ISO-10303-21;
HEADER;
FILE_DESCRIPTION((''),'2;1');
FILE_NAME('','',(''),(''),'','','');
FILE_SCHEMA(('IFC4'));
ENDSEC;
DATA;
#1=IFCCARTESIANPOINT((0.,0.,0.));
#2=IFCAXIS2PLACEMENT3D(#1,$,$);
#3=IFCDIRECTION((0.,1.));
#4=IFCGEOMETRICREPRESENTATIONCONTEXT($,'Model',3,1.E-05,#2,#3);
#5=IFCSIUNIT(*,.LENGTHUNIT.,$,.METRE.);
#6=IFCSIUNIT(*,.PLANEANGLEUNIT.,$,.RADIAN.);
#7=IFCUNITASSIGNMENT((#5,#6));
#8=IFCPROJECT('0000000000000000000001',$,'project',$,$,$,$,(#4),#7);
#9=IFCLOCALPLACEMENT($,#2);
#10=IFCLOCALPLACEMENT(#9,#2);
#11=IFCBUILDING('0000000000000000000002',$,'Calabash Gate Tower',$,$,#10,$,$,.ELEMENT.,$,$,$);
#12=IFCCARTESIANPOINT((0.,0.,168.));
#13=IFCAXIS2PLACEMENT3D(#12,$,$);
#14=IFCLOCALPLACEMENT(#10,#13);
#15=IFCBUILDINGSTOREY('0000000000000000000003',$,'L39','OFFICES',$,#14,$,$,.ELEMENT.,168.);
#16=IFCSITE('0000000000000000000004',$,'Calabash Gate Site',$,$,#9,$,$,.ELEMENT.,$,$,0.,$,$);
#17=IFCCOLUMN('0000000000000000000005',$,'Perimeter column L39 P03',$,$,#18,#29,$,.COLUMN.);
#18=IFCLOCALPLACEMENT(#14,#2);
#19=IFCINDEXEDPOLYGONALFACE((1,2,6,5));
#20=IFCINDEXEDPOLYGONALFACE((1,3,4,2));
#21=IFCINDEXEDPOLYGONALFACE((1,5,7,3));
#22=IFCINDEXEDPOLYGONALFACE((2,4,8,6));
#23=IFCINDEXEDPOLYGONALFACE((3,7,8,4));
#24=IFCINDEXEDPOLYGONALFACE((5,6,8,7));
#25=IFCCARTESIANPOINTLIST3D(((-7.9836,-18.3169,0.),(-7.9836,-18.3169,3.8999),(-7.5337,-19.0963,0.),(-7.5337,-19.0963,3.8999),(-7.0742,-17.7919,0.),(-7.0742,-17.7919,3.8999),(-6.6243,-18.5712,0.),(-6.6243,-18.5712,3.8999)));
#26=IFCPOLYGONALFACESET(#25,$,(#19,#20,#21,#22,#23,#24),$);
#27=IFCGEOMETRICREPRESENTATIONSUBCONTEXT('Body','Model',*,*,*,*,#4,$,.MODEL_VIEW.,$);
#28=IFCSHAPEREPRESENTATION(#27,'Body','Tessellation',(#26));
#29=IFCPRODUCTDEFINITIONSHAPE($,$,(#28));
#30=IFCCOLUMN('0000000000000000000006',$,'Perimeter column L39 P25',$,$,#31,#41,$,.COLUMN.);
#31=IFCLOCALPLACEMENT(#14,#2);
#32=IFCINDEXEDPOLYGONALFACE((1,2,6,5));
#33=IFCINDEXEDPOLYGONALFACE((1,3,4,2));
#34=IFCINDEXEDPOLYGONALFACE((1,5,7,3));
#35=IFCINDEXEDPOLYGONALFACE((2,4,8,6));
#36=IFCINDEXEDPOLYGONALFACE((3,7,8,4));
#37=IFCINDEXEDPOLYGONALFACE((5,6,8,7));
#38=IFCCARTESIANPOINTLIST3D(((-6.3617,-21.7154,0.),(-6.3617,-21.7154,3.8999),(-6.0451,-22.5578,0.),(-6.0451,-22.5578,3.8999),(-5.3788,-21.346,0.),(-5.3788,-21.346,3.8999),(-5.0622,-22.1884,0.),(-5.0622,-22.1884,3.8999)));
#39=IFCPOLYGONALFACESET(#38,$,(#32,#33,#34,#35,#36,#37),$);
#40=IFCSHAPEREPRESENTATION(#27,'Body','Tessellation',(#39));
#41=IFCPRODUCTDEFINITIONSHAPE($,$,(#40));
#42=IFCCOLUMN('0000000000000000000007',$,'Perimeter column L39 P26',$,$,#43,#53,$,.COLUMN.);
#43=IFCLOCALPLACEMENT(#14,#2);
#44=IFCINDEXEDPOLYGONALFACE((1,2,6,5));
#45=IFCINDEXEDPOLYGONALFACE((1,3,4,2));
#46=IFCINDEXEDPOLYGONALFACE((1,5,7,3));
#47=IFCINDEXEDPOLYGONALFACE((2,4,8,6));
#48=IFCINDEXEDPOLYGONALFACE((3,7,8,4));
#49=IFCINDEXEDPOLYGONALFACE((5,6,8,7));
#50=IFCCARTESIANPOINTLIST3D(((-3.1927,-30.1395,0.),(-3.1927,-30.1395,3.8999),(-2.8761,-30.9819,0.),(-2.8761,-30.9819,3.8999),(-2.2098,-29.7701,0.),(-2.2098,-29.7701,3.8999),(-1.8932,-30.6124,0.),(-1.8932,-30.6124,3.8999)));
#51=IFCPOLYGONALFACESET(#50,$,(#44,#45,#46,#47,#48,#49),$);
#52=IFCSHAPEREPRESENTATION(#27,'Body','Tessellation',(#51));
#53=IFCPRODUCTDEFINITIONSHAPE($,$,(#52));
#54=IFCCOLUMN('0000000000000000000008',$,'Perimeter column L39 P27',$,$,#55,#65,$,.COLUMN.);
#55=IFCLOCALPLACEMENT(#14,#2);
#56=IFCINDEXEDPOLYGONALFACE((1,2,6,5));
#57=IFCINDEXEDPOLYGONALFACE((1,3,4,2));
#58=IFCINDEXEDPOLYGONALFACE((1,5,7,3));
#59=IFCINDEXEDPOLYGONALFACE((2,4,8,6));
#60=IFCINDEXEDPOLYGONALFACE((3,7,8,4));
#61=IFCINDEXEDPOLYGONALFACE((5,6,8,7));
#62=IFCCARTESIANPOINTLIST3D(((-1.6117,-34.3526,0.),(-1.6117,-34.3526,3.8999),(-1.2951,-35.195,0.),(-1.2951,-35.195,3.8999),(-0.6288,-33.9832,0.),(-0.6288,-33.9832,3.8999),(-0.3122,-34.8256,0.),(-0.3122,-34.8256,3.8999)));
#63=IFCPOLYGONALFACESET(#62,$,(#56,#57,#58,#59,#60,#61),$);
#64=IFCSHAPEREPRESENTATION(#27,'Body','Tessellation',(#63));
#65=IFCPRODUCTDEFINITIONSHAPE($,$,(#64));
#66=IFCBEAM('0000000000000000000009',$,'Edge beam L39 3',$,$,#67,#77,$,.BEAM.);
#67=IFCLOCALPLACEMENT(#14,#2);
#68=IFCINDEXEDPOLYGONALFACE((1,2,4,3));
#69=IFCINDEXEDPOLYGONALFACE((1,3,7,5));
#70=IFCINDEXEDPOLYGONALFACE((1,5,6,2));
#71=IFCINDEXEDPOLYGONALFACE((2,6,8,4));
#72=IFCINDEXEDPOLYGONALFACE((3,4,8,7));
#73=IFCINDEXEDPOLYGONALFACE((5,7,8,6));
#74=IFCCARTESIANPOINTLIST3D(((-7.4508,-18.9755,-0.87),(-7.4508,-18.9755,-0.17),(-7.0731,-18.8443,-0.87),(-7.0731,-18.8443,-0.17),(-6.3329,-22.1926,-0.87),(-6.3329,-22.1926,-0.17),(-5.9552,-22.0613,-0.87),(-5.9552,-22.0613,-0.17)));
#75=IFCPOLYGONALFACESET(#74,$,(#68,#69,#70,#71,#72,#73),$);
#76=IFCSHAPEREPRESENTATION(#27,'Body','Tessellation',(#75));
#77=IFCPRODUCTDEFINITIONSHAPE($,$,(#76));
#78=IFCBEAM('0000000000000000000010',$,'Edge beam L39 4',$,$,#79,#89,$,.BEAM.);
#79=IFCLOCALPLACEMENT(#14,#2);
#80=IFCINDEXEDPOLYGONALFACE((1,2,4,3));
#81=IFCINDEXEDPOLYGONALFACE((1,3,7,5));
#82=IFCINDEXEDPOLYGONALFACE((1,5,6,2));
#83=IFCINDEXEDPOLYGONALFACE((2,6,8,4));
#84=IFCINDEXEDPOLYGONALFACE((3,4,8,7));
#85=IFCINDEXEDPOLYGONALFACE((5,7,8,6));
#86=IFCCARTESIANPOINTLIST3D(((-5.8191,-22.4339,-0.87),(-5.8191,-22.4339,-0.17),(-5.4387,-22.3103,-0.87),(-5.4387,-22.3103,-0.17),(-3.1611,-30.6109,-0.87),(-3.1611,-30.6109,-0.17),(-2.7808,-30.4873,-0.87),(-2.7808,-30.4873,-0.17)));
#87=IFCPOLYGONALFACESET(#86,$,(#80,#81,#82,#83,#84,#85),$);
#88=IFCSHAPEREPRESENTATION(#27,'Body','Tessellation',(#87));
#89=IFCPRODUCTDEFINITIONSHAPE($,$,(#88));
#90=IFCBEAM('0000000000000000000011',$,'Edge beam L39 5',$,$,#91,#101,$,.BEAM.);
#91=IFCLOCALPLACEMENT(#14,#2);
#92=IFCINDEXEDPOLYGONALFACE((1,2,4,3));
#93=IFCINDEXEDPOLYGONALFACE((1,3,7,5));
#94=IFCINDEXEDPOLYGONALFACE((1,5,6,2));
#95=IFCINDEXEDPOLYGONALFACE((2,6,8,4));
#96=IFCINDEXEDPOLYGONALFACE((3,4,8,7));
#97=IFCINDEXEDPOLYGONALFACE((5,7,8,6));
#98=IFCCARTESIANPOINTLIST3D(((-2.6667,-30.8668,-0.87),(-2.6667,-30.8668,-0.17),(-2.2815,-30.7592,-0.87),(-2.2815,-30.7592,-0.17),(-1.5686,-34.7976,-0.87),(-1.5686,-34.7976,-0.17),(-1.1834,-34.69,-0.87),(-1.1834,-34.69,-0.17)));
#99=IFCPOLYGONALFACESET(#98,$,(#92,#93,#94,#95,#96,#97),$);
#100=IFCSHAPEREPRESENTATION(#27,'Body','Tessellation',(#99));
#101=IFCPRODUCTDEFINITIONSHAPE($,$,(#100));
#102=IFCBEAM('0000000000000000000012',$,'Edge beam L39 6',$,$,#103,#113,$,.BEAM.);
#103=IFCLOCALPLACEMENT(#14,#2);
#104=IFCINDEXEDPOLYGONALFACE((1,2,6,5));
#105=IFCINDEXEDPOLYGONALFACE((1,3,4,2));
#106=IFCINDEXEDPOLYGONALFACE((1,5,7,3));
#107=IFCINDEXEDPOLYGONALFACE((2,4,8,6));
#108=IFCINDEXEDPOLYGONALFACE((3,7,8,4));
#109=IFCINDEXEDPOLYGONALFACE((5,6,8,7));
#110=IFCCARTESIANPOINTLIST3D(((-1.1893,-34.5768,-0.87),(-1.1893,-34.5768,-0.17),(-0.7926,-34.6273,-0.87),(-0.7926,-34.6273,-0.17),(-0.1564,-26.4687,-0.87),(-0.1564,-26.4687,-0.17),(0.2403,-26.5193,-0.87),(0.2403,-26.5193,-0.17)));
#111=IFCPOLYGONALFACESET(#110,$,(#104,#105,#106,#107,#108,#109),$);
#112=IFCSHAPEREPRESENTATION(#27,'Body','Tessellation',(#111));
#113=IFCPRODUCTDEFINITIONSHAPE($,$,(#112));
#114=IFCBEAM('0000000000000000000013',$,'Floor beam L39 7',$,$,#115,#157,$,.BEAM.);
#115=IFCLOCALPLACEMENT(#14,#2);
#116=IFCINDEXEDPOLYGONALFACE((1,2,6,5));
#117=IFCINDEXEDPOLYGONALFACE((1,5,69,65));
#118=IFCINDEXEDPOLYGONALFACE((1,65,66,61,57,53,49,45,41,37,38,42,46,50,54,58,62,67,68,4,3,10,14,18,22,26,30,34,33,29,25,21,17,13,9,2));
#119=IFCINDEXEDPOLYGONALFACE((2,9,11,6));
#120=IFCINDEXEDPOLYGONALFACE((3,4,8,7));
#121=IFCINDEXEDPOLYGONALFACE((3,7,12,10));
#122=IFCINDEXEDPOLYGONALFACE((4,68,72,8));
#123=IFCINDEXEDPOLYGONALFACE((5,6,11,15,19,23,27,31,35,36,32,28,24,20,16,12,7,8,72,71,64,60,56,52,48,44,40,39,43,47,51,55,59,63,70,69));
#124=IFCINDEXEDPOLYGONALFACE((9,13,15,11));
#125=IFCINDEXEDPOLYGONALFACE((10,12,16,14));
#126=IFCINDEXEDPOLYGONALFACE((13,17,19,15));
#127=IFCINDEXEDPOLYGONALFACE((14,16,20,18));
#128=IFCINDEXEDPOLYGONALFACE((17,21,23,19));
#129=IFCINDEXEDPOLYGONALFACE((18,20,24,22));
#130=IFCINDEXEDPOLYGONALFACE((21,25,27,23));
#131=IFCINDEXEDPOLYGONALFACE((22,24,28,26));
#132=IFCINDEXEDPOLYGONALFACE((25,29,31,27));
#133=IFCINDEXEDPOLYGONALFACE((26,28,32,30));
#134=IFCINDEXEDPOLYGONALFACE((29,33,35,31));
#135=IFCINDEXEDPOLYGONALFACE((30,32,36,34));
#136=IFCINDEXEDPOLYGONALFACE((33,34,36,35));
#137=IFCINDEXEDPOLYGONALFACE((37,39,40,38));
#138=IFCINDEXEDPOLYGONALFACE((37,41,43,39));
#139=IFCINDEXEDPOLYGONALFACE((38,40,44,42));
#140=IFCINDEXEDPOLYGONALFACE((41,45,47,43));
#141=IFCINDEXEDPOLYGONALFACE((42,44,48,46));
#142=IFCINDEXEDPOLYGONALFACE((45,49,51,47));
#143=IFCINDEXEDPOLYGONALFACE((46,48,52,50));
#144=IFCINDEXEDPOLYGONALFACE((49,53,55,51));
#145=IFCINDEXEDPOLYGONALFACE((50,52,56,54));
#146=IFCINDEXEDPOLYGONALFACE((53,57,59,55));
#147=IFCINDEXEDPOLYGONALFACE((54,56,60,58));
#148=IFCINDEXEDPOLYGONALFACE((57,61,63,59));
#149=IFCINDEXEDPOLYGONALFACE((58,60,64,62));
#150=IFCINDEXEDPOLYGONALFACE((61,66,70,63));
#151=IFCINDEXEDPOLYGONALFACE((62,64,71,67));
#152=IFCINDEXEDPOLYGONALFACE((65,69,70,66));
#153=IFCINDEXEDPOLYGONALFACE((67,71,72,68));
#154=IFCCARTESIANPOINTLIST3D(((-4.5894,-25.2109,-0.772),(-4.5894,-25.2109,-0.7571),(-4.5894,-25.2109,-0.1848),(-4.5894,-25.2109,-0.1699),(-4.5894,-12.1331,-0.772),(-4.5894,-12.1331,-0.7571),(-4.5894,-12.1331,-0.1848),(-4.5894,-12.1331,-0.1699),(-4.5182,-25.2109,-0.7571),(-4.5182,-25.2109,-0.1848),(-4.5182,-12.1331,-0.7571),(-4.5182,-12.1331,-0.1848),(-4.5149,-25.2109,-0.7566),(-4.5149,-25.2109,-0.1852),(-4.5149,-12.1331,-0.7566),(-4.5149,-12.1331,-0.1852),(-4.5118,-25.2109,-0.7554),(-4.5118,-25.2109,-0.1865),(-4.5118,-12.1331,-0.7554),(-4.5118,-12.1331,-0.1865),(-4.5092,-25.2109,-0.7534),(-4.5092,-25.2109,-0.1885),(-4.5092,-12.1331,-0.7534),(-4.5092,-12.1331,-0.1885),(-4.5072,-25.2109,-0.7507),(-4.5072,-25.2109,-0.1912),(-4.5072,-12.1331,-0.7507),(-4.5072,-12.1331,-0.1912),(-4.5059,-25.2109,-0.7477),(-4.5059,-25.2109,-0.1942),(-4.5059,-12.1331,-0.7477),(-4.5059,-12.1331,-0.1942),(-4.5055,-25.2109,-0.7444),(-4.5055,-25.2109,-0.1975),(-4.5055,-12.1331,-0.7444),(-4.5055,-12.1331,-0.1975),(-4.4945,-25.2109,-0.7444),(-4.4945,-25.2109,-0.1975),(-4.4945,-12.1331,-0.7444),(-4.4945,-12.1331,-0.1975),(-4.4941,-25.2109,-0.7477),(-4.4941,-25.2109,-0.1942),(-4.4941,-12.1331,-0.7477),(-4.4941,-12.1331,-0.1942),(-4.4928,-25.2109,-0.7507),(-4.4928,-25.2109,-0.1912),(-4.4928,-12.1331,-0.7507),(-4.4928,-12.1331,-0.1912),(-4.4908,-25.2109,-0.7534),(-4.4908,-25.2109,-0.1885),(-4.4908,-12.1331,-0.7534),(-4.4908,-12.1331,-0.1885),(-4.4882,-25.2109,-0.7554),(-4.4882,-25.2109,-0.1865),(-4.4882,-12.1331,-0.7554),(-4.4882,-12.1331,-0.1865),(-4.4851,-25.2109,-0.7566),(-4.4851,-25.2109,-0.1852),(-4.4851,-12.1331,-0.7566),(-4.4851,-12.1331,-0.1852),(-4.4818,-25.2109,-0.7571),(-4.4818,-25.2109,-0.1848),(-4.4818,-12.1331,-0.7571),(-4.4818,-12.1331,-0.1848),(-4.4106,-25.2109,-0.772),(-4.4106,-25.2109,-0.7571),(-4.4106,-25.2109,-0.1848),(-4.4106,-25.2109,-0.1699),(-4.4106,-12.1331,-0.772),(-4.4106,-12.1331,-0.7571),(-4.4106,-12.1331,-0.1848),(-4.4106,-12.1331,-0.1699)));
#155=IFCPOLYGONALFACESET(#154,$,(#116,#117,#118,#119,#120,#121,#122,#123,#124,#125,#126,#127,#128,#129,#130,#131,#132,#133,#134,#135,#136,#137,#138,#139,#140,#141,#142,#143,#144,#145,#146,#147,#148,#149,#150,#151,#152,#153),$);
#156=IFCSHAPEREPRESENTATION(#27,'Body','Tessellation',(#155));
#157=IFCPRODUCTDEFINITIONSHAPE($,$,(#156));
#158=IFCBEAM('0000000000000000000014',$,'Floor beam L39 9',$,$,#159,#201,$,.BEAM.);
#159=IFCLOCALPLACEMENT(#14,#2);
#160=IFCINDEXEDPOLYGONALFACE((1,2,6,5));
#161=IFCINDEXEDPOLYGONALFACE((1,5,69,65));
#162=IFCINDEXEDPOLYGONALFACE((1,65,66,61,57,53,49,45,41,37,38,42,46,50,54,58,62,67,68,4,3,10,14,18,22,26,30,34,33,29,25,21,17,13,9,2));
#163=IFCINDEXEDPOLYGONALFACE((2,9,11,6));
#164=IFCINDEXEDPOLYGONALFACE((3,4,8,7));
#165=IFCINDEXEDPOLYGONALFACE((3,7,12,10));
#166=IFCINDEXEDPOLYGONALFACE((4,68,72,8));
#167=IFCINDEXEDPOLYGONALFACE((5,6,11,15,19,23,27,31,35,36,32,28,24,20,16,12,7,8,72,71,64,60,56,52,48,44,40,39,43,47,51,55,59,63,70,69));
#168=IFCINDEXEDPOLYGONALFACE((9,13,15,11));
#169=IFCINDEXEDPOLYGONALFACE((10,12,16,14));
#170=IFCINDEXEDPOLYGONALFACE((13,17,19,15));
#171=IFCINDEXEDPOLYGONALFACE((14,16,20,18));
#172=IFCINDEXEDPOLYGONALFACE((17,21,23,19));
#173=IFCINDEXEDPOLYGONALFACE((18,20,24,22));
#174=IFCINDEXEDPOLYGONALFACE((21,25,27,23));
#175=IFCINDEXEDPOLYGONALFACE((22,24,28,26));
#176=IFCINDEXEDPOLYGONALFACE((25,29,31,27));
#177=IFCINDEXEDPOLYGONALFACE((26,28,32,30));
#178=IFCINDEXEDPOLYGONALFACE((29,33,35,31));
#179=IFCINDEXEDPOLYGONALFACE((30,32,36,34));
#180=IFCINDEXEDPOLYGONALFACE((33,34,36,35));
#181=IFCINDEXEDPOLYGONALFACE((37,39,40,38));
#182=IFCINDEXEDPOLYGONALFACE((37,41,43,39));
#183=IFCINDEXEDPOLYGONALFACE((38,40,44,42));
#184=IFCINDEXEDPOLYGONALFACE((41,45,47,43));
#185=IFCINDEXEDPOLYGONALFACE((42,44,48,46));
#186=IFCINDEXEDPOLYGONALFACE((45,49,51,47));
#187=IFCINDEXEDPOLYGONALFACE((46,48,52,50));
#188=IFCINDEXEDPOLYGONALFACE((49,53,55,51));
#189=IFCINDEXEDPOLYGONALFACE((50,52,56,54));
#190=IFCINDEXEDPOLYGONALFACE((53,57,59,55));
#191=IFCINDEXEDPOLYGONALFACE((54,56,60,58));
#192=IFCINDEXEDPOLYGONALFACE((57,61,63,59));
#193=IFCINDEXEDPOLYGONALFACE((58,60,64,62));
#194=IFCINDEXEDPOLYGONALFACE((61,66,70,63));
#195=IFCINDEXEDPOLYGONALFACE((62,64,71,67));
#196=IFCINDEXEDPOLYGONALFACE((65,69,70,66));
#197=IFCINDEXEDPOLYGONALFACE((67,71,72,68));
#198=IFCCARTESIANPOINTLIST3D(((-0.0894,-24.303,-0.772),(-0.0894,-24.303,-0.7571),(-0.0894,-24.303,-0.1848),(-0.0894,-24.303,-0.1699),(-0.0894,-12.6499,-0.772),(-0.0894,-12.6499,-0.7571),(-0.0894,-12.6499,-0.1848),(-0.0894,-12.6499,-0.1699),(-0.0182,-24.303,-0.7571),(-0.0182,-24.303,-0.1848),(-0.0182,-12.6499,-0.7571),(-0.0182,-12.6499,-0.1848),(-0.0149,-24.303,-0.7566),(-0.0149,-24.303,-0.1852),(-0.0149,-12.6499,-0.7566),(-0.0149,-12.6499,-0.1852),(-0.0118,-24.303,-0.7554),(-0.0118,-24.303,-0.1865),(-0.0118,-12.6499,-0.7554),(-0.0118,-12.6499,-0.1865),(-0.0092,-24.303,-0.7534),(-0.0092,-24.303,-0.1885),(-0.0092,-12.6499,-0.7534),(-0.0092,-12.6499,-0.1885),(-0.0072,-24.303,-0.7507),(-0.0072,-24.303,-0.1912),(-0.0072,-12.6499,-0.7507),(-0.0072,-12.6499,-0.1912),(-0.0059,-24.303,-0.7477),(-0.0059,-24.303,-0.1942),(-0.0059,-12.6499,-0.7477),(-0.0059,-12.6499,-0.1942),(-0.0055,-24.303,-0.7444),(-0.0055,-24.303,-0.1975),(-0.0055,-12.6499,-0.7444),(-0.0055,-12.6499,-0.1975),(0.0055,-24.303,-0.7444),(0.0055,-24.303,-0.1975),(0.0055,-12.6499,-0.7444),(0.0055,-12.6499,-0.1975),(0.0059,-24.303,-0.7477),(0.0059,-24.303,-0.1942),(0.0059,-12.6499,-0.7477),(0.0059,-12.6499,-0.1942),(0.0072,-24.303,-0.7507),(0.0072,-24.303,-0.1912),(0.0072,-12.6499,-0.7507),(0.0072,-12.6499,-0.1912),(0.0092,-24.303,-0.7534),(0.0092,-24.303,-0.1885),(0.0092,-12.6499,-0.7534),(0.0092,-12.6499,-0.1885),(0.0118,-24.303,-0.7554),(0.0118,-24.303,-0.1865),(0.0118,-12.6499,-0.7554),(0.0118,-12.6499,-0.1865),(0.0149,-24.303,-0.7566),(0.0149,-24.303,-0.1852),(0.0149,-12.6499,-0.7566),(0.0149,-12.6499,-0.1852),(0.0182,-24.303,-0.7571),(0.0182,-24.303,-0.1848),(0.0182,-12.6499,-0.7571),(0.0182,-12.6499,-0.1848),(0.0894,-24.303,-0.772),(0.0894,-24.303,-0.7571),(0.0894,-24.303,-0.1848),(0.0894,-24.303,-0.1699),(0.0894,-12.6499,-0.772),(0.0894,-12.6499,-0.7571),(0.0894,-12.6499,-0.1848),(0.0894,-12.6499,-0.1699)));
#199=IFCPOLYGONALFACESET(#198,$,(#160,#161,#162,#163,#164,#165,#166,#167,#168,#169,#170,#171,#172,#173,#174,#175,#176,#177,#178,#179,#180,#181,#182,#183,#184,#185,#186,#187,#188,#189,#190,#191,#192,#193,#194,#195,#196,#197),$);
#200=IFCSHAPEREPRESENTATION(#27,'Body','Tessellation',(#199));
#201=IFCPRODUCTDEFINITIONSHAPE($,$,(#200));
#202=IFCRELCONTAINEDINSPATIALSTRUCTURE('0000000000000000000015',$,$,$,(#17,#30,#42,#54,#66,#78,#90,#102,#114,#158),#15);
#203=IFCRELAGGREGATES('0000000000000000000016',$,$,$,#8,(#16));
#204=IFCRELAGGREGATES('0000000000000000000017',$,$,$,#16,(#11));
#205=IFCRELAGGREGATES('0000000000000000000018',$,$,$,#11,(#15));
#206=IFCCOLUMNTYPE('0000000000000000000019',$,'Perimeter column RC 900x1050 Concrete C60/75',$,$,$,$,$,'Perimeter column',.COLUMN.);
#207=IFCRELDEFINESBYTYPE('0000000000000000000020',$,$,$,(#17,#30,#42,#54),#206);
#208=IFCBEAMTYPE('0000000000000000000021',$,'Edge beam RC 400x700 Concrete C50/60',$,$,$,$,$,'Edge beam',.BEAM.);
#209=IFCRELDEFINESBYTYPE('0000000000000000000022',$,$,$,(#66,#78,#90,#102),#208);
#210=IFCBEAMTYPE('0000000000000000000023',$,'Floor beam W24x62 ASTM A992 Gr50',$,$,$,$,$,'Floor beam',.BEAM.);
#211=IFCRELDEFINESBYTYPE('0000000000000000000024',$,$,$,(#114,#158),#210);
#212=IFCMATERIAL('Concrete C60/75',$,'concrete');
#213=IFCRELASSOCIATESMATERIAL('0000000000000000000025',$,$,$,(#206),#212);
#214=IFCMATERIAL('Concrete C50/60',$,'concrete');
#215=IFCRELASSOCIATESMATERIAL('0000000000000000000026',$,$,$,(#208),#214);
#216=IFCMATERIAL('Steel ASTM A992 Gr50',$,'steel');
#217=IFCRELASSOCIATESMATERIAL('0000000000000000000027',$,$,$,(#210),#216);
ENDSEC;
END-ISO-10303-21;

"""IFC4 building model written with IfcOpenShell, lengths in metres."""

from ifc_helpers import new_model, si_unit, direction, frame, origin, origin_2d, place, context, subcontext, project, spatial, rectangle, i_section, extrude, material, material_profile, profile_set, type_object, element, save


model = new_model("IFC4")

# Units and contexts
model_context = context("Model", 3, precision=1e-05, world=origin(), true_north=direction((0.0, 1.0)))
body_context = subcontext(model_context, "Body", "Model", "MODEL_VIEW")
ifc_project = project(units=[si_unit("LENGTHUNIT", "METRE"), si_unit("PLANEANGLEUNIT", "RADIAN")], contexts=[model_context])

# Site, building, storey
site_placement = place(None, origin())
site = spatial("IfcSite", under=ifc_project, at=site_placement, Name="Calabash Gate Site", CompositionType="ELEMENT", RefElevation=0.0)
building_placement = place(site_placement, origin())
building = spatial("IfcBuilding", under=site, at=building_placement, Name="Calabash Gate Tower", CompositionType="ELEMENT")
storey_placement = place(building_placement, frame((0.0, 0.0, 168.0)))
storey = spatial("IfcBuildingStorey", under=building, at=storey_placement, Name="L39", Description="OFFICES", CompositionType="ELEMENT", Elevation=168.0)

# Columns
ifc_material_1 = material(Name="Concrete C60/75", Category="concrete")
ifc_material_profile_1 = material_profile(ifc_material_1, rectangle(XDim=0.8999, YDim=1.05, at=origin_2d()))
ifc_profile_set_1 = profile_set([ifc_material_profile_1], Name="Concrete C60/75")
column_type = type_object("IfcColumnType", Name="Perimeter column RC 900x1050 Concrete C60/75", ElementType="Perimeter column", PredefinedType="COLUMN", material=ifc_profile_set_1)
for number, where, z_axis, x_axis, name in (
    (1, (-7.304, -18.4441, 0.0), (0.0, 0.0, 1.0), (0.5, -0.866025, 0.0), "Perimeter column L39 P03"),
    (2, (-5.7119, -21.9519, 0.0), (0.0, 0.0, 1.0), (0.351822, -0.936067, 0.0), "Perimeter column L39 P25"),
    (3, (-2.543, -30.376, 0.0), (0.0, 0.0, 1.0), (0.351822, -0.936067, 0.0), "Perimeter column L39 P26"),
    (4, (-0.9619, -34.5891, 0.0), (0.0, 0.0, 1.0), (0.351822, -0.936067, 0.0), "Perimeter column L39 P27"),
):
    element("IfcColumn", number, at=place(storey_placement, frame(where, z_axis=z_axis, x_axis=x_axis)), inside=storey, type_object=column_type, Name=name, PredefinedType="COLUMN", context=body_context, shape_type="SweptSolid", body=[
        extrude(rectangle(XDim=0.8999, YDim=1.05, at=origin_2d()), origin(), (0.0, 0.0, 1.0), 3.8999),
    ])

# Beams
ifc_material_2 = material(Name="Concrete C50/60", Category="concrete")
ifc_material_profile_2 = material_profile(ifc_material_2, rectangle(XDim=0.3999, YDim=0.7, at=origin_2d()))
ifc_profile_set_2 = profile_set([ifc_material_profile_2], Name="Concrete C50/60")
beam_type_1 = type_object("IfcBeamType", Name="Edge beam RC 400x700 Concrete C50/60", ElementType="Edge beam", PredefinedType="BEAM", material=ifc_profile_set_2)
beam_1_placement = place(storey_placement, frame((-7.262, -18.9099, -0.52), z_axis=(0.328245, -0.944592, 0.0), x_axis=(0.944592, 0.328245, 0.0)))
element("IfcBeam", 5, at=beam_1_placement, inside=storey, type_object=beam_type_1, Name="Edge beam L39 3", PredefinedType="BEAM", context=body_context, shape_type="SweptSolid", body=[
    extrude(rectangle(XDim=0.3999, YDim=0.7, at=origin_2d()), origin(), (0.0, 0.0, 1.0), 3.4058),
])
beam_2_placement = place(storey_placement, frame((-5.6289, -22.3721, -0.52), z_axis=(0.309132, -0.951019, 0.0), x_axis=(0.951019, 0.309132, 0.0)))
element("IfcBeam", 6, at=beam_2_placement, inside=storey, type_object=beam_type_1, Name="Edge beam L39 4", PredefinedType="BEAM", context=body_context, shape_type="SweptSolid", body=[
    extrude(rectangle(XDim=0.3999, YDim=0.7, at=origin_2d()), origin(), (0.0, 0.0, 1.0), 8.5981),
])
beam_3_placement = place(storey_placement, frame((-2.4741, -30.813, -0.52), z_axis=(0.26906, -0.963124, 0.0), x_axis=(0.963124, 0.26906, 0.0)))
element("IfcBeam", 7, at=beam_3_placement, inside=storey, type_object=beam_type_1, Name="Edge beam L39 5", PredefinedType="BEAM", context=body_context, shape_type="SweptSolid", body=[
    extrude(rectangle(XDim=0.3999, YDim=0.7, at=origin_2d()), origin(), (0.0, 0.0, 1.0), 4.0813),
])
beam_4_placement = place(storey_placement, frame((-0.991, -34.6021, -0.52), z_axis=(0.126376, 0.991982, 0.0), x_axis=(-0.991982, 0.126376, 0.0)))
element("IfcBeam", 8, at=beam_4_placement, inside=storey, type_object=beam_type_1, Name="Edge beam L39 6", PredefinedType="BEAM", context=body_context, shape_type="SweptSolid", body=[
    extrude(rectangle(XDim=0.3999, YDim=0.7, at=origin_2d()), origin(), (0.0, 0.0, 1.0), 8.1736),
])
ifc_material_3 = material(Name="Steel ASTM A992 Gr50", Category="steel")
ifc_material_profile_3 = material_profile(ifc_material_3, i_section(OverallWidth=0.1787, OverallDepth=0.6021, WebThickness=0.011, FlangeThickness=0.0149, FilletRadius=0.0127, at=origin_2d()))
ifc_profile_set_3 = profile_set([ifc_material_profile_3], Name="Steel ASTM A992 Gr50")
beam_type_2 = type_object("IfcBeamType", Name="Floor beam W24x62 ASTM A992 Gr50", ElementType="Floor beam", PredefinedType="BEAM", material=ifc_profile_set_3)
beam_5_placement = place(storey_placement, frame((-4.5, -25.2109, -0.4709), z_axis=(0.0, 1.0, 0.0), x_axis=(-1.0, 0.0, 0.0)))
element("IfcBeam", 9, at=beam_5_placement, inside=storey, type_object=beam_type_2, Name="Floor beam L39 7", PredefinedType="BEAM", context=body_context, shape_type="SweptSolid", body=[
    extrude(i_section(OverallWidth=0.1787, OverallDepth=0.6021, WebThickness=0.011, FlangeThickness=0.0149, FilletRadius=0.0127, at=origin_2d()), origin(), (0.0, 0.0, 1.0), 13.0779),
])
beam_6_placement = place(storey_placement, frame((0.0, -24.303, -0.4709), z_axis=(0.0, 1.0, 0.0), x_axis=(-1.0, 0.0, 0.0)))
element("IfcBeam", 10, at=beam_6_placement, inside=storey, type_object=beam_type_2, Name="Floor beam L39 9", PredefinedType="BEAM", context=body_context, shape_type="SweptSolid", body=[
    extrude(i_section(OverallWidth=0.1787, OverallDepth=0.6021, WebThickness=0.011, FlangeThickness=0.0149, FilletRadius=0.0127, at=origin_2d()), origin(), (0.0, 0.0, 1.0), 11.6531),
])

save(model, "model.ifc")
